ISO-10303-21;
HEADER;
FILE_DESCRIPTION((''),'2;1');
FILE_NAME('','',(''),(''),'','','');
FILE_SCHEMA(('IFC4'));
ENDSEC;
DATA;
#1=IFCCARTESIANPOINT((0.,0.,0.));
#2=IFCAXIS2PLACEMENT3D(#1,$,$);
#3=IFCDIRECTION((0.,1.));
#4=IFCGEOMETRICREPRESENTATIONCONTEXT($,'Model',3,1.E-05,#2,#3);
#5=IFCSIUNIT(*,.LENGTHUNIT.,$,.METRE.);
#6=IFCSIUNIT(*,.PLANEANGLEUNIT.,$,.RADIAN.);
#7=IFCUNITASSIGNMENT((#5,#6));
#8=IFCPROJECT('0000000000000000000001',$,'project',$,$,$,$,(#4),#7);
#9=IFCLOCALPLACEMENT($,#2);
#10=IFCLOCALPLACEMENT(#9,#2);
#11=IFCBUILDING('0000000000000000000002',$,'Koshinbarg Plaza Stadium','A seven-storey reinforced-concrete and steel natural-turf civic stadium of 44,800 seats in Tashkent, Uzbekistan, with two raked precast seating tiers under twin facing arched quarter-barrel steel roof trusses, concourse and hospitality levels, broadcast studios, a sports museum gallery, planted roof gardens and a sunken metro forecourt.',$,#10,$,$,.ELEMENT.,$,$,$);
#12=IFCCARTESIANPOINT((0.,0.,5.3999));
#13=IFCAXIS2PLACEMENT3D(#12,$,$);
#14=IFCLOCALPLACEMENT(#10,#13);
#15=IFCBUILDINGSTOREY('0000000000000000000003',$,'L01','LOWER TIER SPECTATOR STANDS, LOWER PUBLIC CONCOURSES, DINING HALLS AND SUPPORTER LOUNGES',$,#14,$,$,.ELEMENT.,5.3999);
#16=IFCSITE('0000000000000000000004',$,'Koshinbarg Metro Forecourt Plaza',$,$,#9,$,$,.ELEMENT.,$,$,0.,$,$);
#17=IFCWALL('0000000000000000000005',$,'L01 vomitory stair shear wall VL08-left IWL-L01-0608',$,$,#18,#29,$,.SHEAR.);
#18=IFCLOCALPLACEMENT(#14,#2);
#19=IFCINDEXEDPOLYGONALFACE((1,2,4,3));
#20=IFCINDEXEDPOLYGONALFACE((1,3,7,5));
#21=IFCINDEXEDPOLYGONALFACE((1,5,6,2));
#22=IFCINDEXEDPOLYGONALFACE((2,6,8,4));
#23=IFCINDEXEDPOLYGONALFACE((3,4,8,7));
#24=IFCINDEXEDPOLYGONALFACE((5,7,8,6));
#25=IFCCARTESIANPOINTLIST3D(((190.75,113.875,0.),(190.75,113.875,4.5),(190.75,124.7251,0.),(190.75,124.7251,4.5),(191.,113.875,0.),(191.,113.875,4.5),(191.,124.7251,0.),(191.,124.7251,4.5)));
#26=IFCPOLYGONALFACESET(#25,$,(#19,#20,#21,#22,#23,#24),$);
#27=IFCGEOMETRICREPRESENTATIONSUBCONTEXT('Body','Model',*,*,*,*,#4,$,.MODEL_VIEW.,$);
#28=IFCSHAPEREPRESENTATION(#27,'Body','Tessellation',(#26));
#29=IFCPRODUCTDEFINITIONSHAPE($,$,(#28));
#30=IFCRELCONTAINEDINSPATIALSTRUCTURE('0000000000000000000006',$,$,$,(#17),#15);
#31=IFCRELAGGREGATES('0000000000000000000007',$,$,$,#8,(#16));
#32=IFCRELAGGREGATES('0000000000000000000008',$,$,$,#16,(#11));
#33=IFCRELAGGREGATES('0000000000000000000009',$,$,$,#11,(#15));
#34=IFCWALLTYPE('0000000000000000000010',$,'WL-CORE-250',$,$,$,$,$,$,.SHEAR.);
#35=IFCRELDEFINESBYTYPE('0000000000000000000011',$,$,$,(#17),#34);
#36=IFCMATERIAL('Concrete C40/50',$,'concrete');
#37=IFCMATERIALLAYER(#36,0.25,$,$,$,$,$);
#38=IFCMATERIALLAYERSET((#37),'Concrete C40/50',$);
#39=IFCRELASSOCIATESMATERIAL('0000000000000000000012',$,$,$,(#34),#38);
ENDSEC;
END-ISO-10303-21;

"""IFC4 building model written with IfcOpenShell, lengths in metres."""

from ifc_helpers import new_model, si_unit, direction, frame, frame_2d, origin, place, context, subcontext, project, spatial, rectangle, extrude, material, layer, layer_set, type_object, element, save


model = new_model("IFC4")

# Units and contexts
model_context = context("Model", 3, precision=1e-05, world=origin(), true_north=direction((0.0, 1.0)))
body_context = subcontext(model_context, "Body", "Model", "MODEL_VIEW")
ifc_project = project(units=[si_unit("LENGTHUNIT", "METRE"), si_unit("PLANEANGLEUNIT", "RADIAN")], contexts=[model_context])

# Site, building, storey
site_placement = place(None, origin())
site = spatial("IfcSite", under=ifc_project, at=site_placement, Name="Koshinbarg Metro Forecourt Plaza", CompositionType="ELEMENT", RefElevation=0.0)
building_placement = place(site_placement, origin())
building = spatial("IfcBuilding", under=site, at=building_placement, Name="Koshinbarg Plaza Stadium", Description="A seven-storey reinforced-concrete and steel natural-turf civic stadium of 44,800 seats in Tashkent, Uzbekistan, with two raked precast seating tiers under twin facing arched quarter-barrel steel roof trusses, concourse and hospitality levels, broadcast studios, a sports museum gallery, planted roof gardens and a sunken metro forecourt.", CompositionType="ELEMENT")
storey_placement = place(building_placement, frame((0.0, 0.0, 5.3999)))
storey = spatial("IfcBuildingStorey", under=building, at=storey_placement, Name="L01", Description="LOWER TIER SPECTATOR STANDS, LOWER PUBLIC CONCOURSES, DINING HALLS AND SUPPORTER LOUNGES", CompositionType="ELEMENT", Elevation=5.3999)

# Shared definitions
ifc_material_1 = material(Name="Concrete C40/50", Category="concrete")

# Wall
ifc_layer = layer(ifc_material_1, 0.25)
ifc_layer_set = layer_set([ifc_layer], Name="Concrete C40/50")
wall_type = type_object("IfcWallType", Name="WL-CORE-250", PredefinedType="SHEAR", material=ifc_layer_set)
wall_1_placement = place(storey_placement, frame((190.875, 113.875, 0.0), z_axis=(0.0, 0.0, 1.0), x_axis=(0.0, 1.0, 0.0)))
element("IfcWall", 1, at=wall_1_placement, inside=storey, type_object=wall_type, Name="L01 vomitory stair shear wall VL08-left IWL-L01-0608", PredefinedType="SHEAR", context=body_context, shape_type="SweptSolid", body=[
    extrude(rectangle(XDim=10.8501, YDim=0.25, at=frame_2d((5.425, 0.0))), origin(), (0.0, 0.0, 1.0), 4.5),
])

save(model, "model.ifc")
